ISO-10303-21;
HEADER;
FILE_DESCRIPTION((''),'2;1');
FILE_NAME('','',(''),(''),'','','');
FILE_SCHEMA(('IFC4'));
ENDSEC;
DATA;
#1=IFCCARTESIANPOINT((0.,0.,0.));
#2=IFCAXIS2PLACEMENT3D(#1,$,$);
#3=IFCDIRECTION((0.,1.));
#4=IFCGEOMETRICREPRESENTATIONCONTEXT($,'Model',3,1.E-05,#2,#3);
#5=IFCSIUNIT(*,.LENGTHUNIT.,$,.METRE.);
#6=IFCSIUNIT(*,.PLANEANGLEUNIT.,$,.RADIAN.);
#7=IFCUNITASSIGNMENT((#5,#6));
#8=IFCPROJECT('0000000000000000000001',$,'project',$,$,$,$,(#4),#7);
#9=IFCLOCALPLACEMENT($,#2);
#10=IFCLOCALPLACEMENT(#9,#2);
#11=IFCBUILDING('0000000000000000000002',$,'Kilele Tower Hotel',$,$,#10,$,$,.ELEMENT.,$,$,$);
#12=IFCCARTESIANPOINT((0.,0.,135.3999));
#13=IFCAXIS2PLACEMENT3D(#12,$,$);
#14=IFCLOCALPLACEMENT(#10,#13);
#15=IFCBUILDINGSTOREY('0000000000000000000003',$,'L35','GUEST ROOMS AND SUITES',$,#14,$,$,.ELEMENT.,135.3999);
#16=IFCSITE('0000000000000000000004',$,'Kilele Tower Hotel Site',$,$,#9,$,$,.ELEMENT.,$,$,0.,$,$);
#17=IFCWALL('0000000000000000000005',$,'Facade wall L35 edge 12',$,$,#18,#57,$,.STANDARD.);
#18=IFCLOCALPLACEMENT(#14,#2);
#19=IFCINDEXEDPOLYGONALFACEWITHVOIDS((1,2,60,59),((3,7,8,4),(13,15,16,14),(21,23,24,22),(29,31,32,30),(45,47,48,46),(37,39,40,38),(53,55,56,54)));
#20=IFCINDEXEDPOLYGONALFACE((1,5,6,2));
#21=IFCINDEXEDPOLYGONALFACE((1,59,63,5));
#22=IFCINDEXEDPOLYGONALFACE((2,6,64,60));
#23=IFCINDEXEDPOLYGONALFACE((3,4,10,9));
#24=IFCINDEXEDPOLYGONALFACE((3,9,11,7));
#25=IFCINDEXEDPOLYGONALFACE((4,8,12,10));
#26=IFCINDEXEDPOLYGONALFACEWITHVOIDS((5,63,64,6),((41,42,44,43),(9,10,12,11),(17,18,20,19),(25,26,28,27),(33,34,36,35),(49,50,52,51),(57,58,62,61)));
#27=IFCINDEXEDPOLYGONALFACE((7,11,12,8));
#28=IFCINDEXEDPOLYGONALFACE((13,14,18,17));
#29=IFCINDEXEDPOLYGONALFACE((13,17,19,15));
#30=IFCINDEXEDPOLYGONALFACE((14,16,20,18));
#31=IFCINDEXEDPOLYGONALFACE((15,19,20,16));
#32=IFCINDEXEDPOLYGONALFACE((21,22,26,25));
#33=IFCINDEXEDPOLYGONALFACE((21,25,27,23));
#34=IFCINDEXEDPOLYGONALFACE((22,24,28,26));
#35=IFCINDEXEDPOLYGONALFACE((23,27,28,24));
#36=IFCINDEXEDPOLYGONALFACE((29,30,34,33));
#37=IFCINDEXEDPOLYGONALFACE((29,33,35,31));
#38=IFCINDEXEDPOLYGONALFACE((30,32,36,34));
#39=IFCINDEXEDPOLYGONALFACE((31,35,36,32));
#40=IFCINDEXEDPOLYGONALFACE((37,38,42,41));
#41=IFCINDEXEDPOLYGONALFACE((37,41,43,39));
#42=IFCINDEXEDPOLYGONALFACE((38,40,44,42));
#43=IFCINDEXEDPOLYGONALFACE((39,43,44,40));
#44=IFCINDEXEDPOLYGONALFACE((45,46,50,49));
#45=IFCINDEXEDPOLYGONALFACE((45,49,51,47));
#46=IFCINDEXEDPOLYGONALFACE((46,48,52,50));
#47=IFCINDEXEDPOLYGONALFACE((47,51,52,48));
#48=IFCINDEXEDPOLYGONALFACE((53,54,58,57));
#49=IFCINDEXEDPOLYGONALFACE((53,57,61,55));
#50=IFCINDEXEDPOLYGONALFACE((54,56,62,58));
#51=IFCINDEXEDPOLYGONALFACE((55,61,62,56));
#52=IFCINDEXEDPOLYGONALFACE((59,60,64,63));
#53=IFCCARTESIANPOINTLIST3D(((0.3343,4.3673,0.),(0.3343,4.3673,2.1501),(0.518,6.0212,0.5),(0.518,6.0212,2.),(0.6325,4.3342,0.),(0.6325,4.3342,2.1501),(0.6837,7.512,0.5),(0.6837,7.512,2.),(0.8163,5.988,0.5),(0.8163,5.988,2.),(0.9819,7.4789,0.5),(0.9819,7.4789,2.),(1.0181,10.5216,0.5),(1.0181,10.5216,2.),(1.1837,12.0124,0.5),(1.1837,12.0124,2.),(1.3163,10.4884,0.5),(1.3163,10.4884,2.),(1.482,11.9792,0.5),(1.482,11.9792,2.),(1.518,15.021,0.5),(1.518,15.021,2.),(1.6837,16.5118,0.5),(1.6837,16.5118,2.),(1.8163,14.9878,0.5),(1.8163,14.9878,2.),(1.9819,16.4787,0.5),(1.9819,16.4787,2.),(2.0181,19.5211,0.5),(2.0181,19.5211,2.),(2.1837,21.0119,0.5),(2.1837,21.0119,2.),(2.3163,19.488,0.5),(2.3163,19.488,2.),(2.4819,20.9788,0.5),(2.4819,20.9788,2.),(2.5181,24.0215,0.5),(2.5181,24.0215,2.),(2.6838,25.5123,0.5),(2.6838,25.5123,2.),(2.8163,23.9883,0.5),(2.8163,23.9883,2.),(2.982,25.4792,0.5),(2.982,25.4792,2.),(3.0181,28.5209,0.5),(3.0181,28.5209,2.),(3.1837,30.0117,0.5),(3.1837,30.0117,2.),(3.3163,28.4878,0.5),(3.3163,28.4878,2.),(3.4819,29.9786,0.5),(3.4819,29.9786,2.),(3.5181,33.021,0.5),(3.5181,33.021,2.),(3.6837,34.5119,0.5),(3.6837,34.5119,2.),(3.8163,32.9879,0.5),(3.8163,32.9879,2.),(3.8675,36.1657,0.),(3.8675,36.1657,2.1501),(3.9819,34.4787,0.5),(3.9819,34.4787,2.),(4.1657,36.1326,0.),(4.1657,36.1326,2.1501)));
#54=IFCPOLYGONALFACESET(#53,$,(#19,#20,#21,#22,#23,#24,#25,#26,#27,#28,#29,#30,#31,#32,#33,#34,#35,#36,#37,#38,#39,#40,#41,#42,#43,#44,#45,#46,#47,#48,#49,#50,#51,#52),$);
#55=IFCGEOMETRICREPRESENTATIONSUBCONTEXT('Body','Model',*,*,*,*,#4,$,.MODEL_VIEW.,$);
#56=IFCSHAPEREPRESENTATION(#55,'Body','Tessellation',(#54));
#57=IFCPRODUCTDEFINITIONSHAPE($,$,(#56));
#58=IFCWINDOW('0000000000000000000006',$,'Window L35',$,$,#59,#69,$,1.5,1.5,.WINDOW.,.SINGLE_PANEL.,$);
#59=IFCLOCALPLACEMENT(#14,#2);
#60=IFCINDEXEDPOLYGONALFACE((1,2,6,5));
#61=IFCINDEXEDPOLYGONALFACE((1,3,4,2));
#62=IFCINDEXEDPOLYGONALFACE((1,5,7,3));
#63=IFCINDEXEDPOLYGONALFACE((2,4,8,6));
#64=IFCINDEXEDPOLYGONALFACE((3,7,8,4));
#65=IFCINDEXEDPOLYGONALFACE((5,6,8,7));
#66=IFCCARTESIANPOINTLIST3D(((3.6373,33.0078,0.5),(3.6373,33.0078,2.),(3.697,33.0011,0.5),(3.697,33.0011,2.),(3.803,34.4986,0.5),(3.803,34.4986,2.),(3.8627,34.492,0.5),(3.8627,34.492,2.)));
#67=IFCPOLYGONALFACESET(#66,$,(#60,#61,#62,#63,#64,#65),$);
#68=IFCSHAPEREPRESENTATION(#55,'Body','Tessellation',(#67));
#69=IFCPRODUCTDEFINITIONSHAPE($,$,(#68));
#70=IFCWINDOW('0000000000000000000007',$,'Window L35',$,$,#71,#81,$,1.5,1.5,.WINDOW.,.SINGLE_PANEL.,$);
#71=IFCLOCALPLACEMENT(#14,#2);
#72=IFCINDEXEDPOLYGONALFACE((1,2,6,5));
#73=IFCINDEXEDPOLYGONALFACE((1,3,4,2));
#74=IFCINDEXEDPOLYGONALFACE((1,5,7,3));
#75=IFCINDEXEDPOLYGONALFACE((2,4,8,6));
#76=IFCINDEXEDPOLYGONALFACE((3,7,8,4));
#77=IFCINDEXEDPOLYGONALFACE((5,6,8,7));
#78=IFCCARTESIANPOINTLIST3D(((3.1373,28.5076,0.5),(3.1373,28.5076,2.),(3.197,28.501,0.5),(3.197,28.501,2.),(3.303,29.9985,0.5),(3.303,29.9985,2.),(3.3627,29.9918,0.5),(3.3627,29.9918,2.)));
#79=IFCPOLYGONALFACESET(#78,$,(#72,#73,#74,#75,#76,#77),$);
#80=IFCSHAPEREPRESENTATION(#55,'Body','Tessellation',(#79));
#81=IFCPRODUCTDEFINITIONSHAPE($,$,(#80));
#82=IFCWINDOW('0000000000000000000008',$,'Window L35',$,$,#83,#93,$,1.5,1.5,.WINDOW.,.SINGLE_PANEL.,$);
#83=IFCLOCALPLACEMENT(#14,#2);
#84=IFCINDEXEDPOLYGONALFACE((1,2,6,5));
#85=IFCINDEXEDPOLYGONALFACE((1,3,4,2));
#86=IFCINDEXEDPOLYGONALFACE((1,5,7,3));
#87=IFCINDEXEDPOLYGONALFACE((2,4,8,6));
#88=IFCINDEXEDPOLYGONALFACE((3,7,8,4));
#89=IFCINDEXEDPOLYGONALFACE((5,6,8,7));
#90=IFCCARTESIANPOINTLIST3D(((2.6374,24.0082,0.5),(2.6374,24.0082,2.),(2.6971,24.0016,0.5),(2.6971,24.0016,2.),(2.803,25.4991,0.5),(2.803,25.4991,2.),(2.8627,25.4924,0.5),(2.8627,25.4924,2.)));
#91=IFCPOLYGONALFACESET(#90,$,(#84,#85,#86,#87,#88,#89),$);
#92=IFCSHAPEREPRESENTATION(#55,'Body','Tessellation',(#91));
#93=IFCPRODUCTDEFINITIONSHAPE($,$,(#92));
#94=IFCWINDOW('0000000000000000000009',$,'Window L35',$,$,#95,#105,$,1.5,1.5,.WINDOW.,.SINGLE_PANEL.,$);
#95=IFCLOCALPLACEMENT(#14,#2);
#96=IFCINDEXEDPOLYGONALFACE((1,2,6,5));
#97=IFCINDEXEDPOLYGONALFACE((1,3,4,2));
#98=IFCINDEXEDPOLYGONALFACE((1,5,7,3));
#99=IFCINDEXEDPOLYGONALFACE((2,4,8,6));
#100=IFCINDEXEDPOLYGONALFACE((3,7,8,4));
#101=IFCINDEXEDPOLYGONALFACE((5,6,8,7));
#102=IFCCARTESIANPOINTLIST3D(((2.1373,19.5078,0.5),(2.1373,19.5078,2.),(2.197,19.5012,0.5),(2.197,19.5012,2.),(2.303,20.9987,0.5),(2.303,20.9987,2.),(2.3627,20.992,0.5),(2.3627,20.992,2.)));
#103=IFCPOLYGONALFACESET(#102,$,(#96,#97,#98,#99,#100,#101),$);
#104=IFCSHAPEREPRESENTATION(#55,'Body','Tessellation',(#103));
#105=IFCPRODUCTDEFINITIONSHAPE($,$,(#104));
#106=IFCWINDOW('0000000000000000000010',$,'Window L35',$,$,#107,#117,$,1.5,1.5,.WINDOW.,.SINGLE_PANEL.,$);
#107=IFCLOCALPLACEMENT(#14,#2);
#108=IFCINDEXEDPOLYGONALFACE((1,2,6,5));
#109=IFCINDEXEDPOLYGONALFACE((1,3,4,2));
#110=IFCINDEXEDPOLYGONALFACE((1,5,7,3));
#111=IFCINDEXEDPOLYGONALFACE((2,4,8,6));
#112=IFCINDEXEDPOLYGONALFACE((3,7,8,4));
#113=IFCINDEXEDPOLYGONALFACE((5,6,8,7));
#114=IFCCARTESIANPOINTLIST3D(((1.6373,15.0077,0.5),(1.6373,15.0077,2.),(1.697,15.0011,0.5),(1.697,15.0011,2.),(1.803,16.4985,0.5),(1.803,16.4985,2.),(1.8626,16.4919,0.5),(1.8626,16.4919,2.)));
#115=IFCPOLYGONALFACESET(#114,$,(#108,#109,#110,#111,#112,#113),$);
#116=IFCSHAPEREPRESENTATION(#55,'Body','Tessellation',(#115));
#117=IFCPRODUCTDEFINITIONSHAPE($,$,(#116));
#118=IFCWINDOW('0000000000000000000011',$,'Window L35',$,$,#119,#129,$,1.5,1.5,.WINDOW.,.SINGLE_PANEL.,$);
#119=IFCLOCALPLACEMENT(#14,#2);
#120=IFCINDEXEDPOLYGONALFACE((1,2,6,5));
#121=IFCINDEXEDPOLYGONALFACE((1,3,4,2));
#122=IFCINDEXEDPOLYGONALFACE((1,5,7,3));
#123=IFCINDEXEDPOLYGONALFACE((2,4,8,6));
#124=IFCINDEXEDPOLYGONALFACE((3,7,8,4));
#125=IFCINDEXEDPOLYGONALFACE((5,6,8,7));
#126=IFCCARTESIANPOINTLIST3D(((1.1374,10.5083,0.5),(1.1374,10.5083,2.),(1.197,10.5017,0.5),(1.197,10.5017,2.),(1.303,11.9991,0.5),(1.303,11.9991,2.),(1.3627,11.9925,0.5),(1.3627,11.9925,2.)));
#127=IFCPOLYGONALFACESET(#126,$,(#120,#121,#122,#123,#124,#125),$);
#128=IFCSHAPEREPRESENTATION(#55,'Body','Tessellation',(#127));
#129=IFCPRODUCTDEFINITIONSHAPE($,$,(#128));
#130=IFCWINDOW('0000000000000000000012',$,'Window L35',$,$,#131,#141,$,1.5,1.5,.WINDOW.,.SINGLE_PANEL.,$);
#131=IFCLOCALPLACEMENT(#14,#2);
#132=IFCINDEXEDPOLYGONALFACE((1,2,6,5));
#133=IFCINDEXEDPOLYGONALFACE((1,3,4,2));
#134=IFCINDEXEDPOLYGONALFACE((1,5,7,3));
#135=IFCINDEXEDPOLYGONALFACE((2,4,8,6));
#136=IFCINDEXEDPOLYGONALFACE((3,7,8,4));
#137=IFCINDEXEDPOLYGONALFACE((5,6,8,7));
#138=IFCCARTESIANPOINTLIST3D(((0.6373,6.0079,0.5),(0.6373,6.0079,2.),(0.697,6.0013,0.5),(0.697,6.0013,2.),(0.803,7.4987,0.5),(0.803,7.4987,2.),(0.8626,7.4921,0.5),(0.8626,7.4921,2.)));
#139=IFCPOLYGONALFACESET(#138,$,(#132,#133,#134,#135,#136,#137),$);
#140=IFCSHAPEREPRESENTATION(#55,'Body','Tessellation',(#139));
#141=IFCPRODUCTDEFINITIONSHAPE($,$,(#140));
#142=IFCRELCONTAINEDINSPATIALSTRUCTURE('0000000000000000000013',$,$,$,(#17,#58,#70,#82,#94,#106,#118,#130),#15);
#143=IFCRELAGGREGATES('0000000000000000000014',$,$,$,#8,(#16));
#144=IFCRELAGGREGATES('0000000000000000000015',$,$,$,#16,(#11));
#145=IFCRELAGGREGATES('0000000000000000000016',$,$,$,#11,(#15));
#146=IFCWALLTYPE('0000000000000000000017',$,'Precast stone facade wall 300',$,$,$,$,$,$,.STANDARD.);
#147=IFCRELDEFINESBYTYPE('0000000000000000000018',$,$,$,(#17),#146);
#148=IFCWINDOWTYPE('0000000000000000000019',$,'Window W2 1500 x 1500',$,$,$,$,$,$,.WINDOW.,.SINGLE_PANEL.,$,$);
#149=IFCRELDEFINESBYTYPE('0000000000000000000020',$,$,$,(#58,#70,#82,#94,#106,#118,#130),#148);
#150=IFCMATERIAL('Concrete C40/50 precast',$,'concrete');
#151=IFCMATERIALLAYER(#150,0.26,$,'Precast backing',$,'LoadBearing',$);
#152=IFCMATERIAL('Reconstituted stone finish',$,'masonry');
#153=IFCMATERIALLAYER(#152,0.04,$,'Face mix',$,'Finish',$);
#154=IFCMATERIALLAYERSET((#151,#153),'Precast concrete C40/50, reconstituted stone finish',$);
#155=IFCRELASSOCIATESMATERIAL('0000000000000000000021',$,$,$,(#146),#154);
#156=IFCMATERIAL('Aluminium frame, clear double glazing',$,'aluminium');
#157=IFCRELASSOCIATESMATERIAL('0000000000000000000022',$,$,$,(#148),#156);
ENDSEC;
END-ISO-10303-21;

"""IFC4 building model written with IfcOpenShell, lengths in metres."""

from ifc_helpers import new_model, si_unit, direction, frame, frame_2d, origin, place, context, subcontext, project, spatial, rectangle, extrude, material, layer, layer_set, type_object, element, fill, save


model = new_model("IFC4")

# Units and contexts
model_context = context("Model", 3, precision=1e-05, world=origin(), true_north=direction((0.0, 1.0)))
body_context = subcontext(model_context, "Body", "Model", "MODEL_VIEW")
ifc_project = project(units=[si_unit("LENGTHUNIT", "METRE"), si_unit("PLANEANGLEUNIT", "RADIAN")], contexts=[model_context])

# Site, building, storey
site_placement = place(None, origin())
site = spatial("IfcSite", under=ifc_project, at=site_placement, Name="Kilele Tower Hotel Site", CompositionType="ELEMENT", RefElevation=0.0)
building_placement = place(site_placement, origin())
building = spatial("IfcBuilding", under=site, at=building_placement, Name="Kilele Tower Hotel", CompositionType="ELEMENT")
storey_placement = place(building_placement, frame((0.0, 0.0, 135.3999)))
storey = spatial("IfcBuildingStorey", under=building, at=storey_placement, Name="L35", Description="GUEST ROOMS AND SUITES", CompositionType="ELEMENT", Elevation=135.3999)

# Shared definitions
ifc_material_1 = material(Name="Concrete C40/50 precast", Category="concrete")
ifc_layer_1 = layer(ifc_material_1, 0.26, Name="Precast backing", Category="LoadBearing")
ifc_material_2 = material(Name="Reconstituted stone finish", Category="masonry")
ifc_layer_2 = layer(ifc_material_2, 0.04, Name="Face mix", Category="Finish")
ifc_layer_set_1 = layer_set([ifc_layer_1, ifc_layer_2], Name="Precast concrete C40/50, reconstituted stone finish")
wall_type_1 = type_object("IfcWallType", Name="Precast stone facade wall 300", PredefinedType="STANDARD", material=ifc_layer_set_1)
ifc_material_3 = material(Name="Aluminium frame, clear double glazing", Category="aluminium")
window_type_1 = type_object("IfcWindowType", Name="Window W2 1500 x 1500", PartitioningType="SINGLE_PANEL", PredefinedType="WINDOW", material=ifc_material_3)

# Wall, openings, windows
wall_1_placement = place(storey_placement, frame((4.0166, 36.1492, 0.0), z_axis=(0.0, 0.0, 1.0), x_axis=(-0.110433, -0.993884, 0.0)))
wall_1 = element("IfcWall", 1, at=wall_1_placement, inside=storey, type_object=wall_type_1, Name="Facade wall L35 edge 12", PredefinedType="STANDARD", context=body_context, shape_type="SweptSolid", body=[
    extrude(rectangle(XDim=31.9941, YDim=0.3, at=frame_2d((15.9971, 0.0))), origin(), (0.0, 0.0, 1.0), 2.1501),
])
opening_1_placement = place(wall_1_placement, frame((1.6641, 0.0, 0.5)))
opening_1 = element("IfcOpeningElement", 2, at=opening_1_placement, cuts=wall_1, PredefinedType="OPENING", context=body_context, shape_type="SweptSolid", body=[
    extrude(rectangle(XDim=1.5, YDim=1.5, at=frame_2d((0.75, 0.75))), frame((0.0, 0.1599, 0.0), z_axis=(0.0, -1.0, 0.0), x_axis=(1.0, 0.0, 0.0)), (0.0, 0.0, 1.0), 0.3201),
])
opening_2_placement = place(wall_1_placement, frame((6.1919, 0.0, 0.5)))
opening_2 = element("IfcOpeningElement", 3, at=opening_2_placement, cuts=wall_1, PredefinedType="OPENING", context=body_context, shape_type="SweptSolid", body=[
    extrude(rectangle(XDim=1.5, YDim=1.5, at=frame_2d((0.75, 0.75))), frame((0.0, 0.1599, 0.0), z_axis=(0.0, -1.0, 0.0), x_axis=(1.0, 0.0, 0.0)), (0.0, 0.0, 1.0), 0.3201),
])
opening_3_placement = place(wall_1_placement, frame((10.719, 0.0, 0.5)))
opening_3 = element("IfcOpeningElement", 4, at=opening_3_placement, cuts=wall_1, PredefinedType="OPENING", context=body_context, shape_type="SweptSolid", body=[
    extrude(rectangle(XDim=1.5, YDim=1.5, at=frame_2d((0.75, 0.75))), frame((0.0, 0.1599, 0.0), z_axis=(0.0, -1.0, 0.0), x_axis=(1.0, 0.0, 0.0)), (0.0, 0.0, 1.0), 0.3201),
])
opening_4_placement = place(wall_1_placement, frame((15.2471, 0.0, 0.5)))
opening_4 = element("IfcOpeningElement", 5, at=opening_4_placement, cuts=wall_1, PredefinedType="OPENING", context=body_context, shape_type="SweptSolid", body=[
    extrude(rectangle(XDim=1.5, YDim=1.5, at=frame_2d((0.75, 0.75))), frame((0.0, 0.1599, 0.0), z_axis=(0.0, -1.0, 0.0), x_axis=(1.0, 0.0, 0.0)), (0.0, 0.0, 1.0), 0.3201),
])
opening_5_placement = place(wall_1_placement, frame((19.7749, 0.0, 0.5)))
opening_5 = element("IfcOpeningElement", 6, at=opening_5_placement, cuts=wall_1, PredefinedType="OPENING", context=body_context, shape_type="SweptSolid", body=[
    extrude(rectangle(XDim=1.5, YDim=1.5, at=frame_2d((0.75, 0.75))), frame((0.0, 0.1599, 0.0), z_axis=(0.0, -1.0, 0.0), x_axis=(1.0, 0.0, 0.0)), (0.0, 0.0, 1.0), 0.3201),
])
opening_6_placement = place(wall_1_placement, frame((24.302, 0.0, 0.5)))
opening_6 = element("IfcOpeningElement", 7, at=opening_6_placement, cuts=wall_1, PredefinedType="OPENING", context=body_context, shape_type="SweptSolid", body=[
    extrude(rectangle(XDim=1.5, YDim=1.5, at=frame_2d((0.75, 0.75))), frame((0.0, 0.1599, 0.0), z_axis=(0.0, -1.0, 0.0), x_axis=(1.0, 0.0, 0.0)), (0.0, 0.0, 1.0), 0.3201),
])
opening_7_placement = place(wall_1_placement, frame((28.8301, 0.0, 0.5)))
opening_7 = element("IfcOpeningElement", 8, at=opening_7_placement, cuts=wall_1, PredefinedType="OPENING", context=body_context, shape_type="SweptSolid", body=[
    extrude(rectangle(XDim=1.5, YDim=1.5, at=frame_2d((0.75, 0.75))), frame((0.0, 0.1599, 0.0), z_axis=(0.0, -1.0, 0.0), x_axis=(1.0, 0.0, 0.0)), (0.0, 0.0, 1.0), 0.3201),
])
window_1_placement = place(opening_1_placement, origin())
window_1 = element("IfcWindow", 9, at=window_1_placement, inside=storey, type_object=window_type_1, Name="Window L35", OverallHeight=1.5, OverallWidth=1.5, PartitioningType="SINGLE_PANEL", PredefinedType="WINDOW", context=body_context, shape_type="SweptSolid", body=[
    extrude(rectangle(XDim=1.5, YDim=1.5, at=frame_2d((0.75, 0.75))), frame((0.0, 0.03, 0.0), z_axis=(0.0, -1.0, 0.0), x_axis=(1.0, 0.0, 0.0)), (0.0, 0.0, 1.0), 0.0601),
])
fill(opening_1, window_1)
window_2_placement = place(opening_2_placement, origin())
window_2 = element("IfcWindow", 10, at=window_2_placement, inside=storey, type_object=window_type_1, Name="Window L35", OverallHeight=1.5, OverallWidth=1.5, PartitioningType="SINGLE_PANEL", PredefinedType="WINDOW", context=body_context, shape_type="SweptSolid", body=[
    extrude(rectangle(XDim=1.5, YDim=1.5, at=frame_2d((0.75, 0.75))), frame((0.0, 0.03, 0.0), z_axis=(0.0, -1.0, 0.0), x_axis=(1.0, 0.0, 0.0)), (0.0, 0.0, 1.0), 0.0601),
])
fill(opening_2, window_2)
window_3_placement = place(opening_3_placement, origin())
window_3 = element("IfcWindow", 11, at=window_3_placement, inside=storey, type_object=window_type_1, Name="Window L35", OverallHeight=1.5, OverallWidth=1.5, PartitioningType="SINGLE_PANEL", PredefinedType="WINDOW", context=body_context, shape_type="SweptSolid", body=[
    extrude(rectangle(XDim=1.5, YDim=1.5, at=frame_2d((0.75, 0.75))), frame((0.0, 0.03, 0.0), z_axis=(0.0, -1.0, 0.0), x_axis=(1.0, 0.0, 0.0)), (0.0, 0.0, 1.0), 0.0601),
])
fill(opening_3, window_3)
window_4_placement = place(opening_4_placement, origin())
window_4 = element("IfcWindow", 12, at=window_4_placement, inside=storey, type_object=window_type_1, Name="Window L35", OverallHeight=1.5, OverallWidth=1.5, PartitioningType="SINGLE_PANEL", PredefinedType="WINDOW", context=body_context, shape_type="SweptSolid", body=[
    extrude(rectangle(XDim=1.5, YDim=1.5, at=frame_2d((0.75, 0.75))), frame((0.0, 0.03, 0.0), z_axis=(0.0, -1.0, 0.0), x_axis=(1.0, 0.0, 0.0)), (0.0, 0.0, 1.0), 0.0601),
])
fill(opening_4, window_4)
window_5_placement = place(opening_5_placement, origin())
window_5 = element("IfcWindow", 13, at=window_5_placement, inside=storey, type_object=window_type_1, Name="Window L35", OverallHeight=1.5, OverallWidth=1.5, PartitioningType="SINGLE_PANEL", PredefinedType="WINDOW", context=body_context, shape_type="SweptSolid", body=[
    extrude(rectangle(XDim=1.5, YDim=1.5, at=frame_2d((0.75, 0.75))), frame((0.0, 0.03, 0.0), z_axis=(0.0, -1.0, 0.0), x_axis=(1.0, 0.0, 0.0)), (0.0, 0.0, 1.0), 0.0601),
])
fill(opening_5, window_5)
window_6_placement = place(opening_6_placement, origin())
window_6 = element("IfcWindow", 14, at=window_6_placement, inside=storey, type_object=window_type_1, Name="Window L35", OverallHeight=1.5, OverallWidth=1.5, PartitioningType="SINGLE_PANEL", PredefinedType="WINDOW", context=body_context, shape_type="SweptSolid", body=[
    extrude(rectangle(XDim=1.5, YDim=1.5, at=frame_2d((0.75, 0.75))), frame((0.0, 0.03, 0.0), z_axis=(0.0, -1.0, 0.0), x_axis=(1.0, 0.0, 0.0)), (0.0, 0.0, 1.0), 0.0601),
])
fill(opening_6, window_6)
window_7_placement = place(opening_7_placement, origin())
window_7 = element("IfcWindow", 15, at=window_7_placement, inside=storey, type_object=window_type_1, Name="Window L35", OverallHeight=1.5, OverallWidth=1.5, PartitioningType="SINGLE_PANEL", PredefinedType="WINDOW", context=body_context, shape_type="SweptSolid", body=[
    extrude(rectangle(XDim=1.5, YDim=1.5, at=frame_2d((0.75, 0.75))), frame((0.0, 0.03, 0.0), z_axis=(0.0, -1.0, 0.0), x_axis=(1.0, 0.0, 0.0)), (0.0, 0.0, 1.0), 0.0601),
])
fill(opening_7, window_7)

save(model, "model.ifc")
